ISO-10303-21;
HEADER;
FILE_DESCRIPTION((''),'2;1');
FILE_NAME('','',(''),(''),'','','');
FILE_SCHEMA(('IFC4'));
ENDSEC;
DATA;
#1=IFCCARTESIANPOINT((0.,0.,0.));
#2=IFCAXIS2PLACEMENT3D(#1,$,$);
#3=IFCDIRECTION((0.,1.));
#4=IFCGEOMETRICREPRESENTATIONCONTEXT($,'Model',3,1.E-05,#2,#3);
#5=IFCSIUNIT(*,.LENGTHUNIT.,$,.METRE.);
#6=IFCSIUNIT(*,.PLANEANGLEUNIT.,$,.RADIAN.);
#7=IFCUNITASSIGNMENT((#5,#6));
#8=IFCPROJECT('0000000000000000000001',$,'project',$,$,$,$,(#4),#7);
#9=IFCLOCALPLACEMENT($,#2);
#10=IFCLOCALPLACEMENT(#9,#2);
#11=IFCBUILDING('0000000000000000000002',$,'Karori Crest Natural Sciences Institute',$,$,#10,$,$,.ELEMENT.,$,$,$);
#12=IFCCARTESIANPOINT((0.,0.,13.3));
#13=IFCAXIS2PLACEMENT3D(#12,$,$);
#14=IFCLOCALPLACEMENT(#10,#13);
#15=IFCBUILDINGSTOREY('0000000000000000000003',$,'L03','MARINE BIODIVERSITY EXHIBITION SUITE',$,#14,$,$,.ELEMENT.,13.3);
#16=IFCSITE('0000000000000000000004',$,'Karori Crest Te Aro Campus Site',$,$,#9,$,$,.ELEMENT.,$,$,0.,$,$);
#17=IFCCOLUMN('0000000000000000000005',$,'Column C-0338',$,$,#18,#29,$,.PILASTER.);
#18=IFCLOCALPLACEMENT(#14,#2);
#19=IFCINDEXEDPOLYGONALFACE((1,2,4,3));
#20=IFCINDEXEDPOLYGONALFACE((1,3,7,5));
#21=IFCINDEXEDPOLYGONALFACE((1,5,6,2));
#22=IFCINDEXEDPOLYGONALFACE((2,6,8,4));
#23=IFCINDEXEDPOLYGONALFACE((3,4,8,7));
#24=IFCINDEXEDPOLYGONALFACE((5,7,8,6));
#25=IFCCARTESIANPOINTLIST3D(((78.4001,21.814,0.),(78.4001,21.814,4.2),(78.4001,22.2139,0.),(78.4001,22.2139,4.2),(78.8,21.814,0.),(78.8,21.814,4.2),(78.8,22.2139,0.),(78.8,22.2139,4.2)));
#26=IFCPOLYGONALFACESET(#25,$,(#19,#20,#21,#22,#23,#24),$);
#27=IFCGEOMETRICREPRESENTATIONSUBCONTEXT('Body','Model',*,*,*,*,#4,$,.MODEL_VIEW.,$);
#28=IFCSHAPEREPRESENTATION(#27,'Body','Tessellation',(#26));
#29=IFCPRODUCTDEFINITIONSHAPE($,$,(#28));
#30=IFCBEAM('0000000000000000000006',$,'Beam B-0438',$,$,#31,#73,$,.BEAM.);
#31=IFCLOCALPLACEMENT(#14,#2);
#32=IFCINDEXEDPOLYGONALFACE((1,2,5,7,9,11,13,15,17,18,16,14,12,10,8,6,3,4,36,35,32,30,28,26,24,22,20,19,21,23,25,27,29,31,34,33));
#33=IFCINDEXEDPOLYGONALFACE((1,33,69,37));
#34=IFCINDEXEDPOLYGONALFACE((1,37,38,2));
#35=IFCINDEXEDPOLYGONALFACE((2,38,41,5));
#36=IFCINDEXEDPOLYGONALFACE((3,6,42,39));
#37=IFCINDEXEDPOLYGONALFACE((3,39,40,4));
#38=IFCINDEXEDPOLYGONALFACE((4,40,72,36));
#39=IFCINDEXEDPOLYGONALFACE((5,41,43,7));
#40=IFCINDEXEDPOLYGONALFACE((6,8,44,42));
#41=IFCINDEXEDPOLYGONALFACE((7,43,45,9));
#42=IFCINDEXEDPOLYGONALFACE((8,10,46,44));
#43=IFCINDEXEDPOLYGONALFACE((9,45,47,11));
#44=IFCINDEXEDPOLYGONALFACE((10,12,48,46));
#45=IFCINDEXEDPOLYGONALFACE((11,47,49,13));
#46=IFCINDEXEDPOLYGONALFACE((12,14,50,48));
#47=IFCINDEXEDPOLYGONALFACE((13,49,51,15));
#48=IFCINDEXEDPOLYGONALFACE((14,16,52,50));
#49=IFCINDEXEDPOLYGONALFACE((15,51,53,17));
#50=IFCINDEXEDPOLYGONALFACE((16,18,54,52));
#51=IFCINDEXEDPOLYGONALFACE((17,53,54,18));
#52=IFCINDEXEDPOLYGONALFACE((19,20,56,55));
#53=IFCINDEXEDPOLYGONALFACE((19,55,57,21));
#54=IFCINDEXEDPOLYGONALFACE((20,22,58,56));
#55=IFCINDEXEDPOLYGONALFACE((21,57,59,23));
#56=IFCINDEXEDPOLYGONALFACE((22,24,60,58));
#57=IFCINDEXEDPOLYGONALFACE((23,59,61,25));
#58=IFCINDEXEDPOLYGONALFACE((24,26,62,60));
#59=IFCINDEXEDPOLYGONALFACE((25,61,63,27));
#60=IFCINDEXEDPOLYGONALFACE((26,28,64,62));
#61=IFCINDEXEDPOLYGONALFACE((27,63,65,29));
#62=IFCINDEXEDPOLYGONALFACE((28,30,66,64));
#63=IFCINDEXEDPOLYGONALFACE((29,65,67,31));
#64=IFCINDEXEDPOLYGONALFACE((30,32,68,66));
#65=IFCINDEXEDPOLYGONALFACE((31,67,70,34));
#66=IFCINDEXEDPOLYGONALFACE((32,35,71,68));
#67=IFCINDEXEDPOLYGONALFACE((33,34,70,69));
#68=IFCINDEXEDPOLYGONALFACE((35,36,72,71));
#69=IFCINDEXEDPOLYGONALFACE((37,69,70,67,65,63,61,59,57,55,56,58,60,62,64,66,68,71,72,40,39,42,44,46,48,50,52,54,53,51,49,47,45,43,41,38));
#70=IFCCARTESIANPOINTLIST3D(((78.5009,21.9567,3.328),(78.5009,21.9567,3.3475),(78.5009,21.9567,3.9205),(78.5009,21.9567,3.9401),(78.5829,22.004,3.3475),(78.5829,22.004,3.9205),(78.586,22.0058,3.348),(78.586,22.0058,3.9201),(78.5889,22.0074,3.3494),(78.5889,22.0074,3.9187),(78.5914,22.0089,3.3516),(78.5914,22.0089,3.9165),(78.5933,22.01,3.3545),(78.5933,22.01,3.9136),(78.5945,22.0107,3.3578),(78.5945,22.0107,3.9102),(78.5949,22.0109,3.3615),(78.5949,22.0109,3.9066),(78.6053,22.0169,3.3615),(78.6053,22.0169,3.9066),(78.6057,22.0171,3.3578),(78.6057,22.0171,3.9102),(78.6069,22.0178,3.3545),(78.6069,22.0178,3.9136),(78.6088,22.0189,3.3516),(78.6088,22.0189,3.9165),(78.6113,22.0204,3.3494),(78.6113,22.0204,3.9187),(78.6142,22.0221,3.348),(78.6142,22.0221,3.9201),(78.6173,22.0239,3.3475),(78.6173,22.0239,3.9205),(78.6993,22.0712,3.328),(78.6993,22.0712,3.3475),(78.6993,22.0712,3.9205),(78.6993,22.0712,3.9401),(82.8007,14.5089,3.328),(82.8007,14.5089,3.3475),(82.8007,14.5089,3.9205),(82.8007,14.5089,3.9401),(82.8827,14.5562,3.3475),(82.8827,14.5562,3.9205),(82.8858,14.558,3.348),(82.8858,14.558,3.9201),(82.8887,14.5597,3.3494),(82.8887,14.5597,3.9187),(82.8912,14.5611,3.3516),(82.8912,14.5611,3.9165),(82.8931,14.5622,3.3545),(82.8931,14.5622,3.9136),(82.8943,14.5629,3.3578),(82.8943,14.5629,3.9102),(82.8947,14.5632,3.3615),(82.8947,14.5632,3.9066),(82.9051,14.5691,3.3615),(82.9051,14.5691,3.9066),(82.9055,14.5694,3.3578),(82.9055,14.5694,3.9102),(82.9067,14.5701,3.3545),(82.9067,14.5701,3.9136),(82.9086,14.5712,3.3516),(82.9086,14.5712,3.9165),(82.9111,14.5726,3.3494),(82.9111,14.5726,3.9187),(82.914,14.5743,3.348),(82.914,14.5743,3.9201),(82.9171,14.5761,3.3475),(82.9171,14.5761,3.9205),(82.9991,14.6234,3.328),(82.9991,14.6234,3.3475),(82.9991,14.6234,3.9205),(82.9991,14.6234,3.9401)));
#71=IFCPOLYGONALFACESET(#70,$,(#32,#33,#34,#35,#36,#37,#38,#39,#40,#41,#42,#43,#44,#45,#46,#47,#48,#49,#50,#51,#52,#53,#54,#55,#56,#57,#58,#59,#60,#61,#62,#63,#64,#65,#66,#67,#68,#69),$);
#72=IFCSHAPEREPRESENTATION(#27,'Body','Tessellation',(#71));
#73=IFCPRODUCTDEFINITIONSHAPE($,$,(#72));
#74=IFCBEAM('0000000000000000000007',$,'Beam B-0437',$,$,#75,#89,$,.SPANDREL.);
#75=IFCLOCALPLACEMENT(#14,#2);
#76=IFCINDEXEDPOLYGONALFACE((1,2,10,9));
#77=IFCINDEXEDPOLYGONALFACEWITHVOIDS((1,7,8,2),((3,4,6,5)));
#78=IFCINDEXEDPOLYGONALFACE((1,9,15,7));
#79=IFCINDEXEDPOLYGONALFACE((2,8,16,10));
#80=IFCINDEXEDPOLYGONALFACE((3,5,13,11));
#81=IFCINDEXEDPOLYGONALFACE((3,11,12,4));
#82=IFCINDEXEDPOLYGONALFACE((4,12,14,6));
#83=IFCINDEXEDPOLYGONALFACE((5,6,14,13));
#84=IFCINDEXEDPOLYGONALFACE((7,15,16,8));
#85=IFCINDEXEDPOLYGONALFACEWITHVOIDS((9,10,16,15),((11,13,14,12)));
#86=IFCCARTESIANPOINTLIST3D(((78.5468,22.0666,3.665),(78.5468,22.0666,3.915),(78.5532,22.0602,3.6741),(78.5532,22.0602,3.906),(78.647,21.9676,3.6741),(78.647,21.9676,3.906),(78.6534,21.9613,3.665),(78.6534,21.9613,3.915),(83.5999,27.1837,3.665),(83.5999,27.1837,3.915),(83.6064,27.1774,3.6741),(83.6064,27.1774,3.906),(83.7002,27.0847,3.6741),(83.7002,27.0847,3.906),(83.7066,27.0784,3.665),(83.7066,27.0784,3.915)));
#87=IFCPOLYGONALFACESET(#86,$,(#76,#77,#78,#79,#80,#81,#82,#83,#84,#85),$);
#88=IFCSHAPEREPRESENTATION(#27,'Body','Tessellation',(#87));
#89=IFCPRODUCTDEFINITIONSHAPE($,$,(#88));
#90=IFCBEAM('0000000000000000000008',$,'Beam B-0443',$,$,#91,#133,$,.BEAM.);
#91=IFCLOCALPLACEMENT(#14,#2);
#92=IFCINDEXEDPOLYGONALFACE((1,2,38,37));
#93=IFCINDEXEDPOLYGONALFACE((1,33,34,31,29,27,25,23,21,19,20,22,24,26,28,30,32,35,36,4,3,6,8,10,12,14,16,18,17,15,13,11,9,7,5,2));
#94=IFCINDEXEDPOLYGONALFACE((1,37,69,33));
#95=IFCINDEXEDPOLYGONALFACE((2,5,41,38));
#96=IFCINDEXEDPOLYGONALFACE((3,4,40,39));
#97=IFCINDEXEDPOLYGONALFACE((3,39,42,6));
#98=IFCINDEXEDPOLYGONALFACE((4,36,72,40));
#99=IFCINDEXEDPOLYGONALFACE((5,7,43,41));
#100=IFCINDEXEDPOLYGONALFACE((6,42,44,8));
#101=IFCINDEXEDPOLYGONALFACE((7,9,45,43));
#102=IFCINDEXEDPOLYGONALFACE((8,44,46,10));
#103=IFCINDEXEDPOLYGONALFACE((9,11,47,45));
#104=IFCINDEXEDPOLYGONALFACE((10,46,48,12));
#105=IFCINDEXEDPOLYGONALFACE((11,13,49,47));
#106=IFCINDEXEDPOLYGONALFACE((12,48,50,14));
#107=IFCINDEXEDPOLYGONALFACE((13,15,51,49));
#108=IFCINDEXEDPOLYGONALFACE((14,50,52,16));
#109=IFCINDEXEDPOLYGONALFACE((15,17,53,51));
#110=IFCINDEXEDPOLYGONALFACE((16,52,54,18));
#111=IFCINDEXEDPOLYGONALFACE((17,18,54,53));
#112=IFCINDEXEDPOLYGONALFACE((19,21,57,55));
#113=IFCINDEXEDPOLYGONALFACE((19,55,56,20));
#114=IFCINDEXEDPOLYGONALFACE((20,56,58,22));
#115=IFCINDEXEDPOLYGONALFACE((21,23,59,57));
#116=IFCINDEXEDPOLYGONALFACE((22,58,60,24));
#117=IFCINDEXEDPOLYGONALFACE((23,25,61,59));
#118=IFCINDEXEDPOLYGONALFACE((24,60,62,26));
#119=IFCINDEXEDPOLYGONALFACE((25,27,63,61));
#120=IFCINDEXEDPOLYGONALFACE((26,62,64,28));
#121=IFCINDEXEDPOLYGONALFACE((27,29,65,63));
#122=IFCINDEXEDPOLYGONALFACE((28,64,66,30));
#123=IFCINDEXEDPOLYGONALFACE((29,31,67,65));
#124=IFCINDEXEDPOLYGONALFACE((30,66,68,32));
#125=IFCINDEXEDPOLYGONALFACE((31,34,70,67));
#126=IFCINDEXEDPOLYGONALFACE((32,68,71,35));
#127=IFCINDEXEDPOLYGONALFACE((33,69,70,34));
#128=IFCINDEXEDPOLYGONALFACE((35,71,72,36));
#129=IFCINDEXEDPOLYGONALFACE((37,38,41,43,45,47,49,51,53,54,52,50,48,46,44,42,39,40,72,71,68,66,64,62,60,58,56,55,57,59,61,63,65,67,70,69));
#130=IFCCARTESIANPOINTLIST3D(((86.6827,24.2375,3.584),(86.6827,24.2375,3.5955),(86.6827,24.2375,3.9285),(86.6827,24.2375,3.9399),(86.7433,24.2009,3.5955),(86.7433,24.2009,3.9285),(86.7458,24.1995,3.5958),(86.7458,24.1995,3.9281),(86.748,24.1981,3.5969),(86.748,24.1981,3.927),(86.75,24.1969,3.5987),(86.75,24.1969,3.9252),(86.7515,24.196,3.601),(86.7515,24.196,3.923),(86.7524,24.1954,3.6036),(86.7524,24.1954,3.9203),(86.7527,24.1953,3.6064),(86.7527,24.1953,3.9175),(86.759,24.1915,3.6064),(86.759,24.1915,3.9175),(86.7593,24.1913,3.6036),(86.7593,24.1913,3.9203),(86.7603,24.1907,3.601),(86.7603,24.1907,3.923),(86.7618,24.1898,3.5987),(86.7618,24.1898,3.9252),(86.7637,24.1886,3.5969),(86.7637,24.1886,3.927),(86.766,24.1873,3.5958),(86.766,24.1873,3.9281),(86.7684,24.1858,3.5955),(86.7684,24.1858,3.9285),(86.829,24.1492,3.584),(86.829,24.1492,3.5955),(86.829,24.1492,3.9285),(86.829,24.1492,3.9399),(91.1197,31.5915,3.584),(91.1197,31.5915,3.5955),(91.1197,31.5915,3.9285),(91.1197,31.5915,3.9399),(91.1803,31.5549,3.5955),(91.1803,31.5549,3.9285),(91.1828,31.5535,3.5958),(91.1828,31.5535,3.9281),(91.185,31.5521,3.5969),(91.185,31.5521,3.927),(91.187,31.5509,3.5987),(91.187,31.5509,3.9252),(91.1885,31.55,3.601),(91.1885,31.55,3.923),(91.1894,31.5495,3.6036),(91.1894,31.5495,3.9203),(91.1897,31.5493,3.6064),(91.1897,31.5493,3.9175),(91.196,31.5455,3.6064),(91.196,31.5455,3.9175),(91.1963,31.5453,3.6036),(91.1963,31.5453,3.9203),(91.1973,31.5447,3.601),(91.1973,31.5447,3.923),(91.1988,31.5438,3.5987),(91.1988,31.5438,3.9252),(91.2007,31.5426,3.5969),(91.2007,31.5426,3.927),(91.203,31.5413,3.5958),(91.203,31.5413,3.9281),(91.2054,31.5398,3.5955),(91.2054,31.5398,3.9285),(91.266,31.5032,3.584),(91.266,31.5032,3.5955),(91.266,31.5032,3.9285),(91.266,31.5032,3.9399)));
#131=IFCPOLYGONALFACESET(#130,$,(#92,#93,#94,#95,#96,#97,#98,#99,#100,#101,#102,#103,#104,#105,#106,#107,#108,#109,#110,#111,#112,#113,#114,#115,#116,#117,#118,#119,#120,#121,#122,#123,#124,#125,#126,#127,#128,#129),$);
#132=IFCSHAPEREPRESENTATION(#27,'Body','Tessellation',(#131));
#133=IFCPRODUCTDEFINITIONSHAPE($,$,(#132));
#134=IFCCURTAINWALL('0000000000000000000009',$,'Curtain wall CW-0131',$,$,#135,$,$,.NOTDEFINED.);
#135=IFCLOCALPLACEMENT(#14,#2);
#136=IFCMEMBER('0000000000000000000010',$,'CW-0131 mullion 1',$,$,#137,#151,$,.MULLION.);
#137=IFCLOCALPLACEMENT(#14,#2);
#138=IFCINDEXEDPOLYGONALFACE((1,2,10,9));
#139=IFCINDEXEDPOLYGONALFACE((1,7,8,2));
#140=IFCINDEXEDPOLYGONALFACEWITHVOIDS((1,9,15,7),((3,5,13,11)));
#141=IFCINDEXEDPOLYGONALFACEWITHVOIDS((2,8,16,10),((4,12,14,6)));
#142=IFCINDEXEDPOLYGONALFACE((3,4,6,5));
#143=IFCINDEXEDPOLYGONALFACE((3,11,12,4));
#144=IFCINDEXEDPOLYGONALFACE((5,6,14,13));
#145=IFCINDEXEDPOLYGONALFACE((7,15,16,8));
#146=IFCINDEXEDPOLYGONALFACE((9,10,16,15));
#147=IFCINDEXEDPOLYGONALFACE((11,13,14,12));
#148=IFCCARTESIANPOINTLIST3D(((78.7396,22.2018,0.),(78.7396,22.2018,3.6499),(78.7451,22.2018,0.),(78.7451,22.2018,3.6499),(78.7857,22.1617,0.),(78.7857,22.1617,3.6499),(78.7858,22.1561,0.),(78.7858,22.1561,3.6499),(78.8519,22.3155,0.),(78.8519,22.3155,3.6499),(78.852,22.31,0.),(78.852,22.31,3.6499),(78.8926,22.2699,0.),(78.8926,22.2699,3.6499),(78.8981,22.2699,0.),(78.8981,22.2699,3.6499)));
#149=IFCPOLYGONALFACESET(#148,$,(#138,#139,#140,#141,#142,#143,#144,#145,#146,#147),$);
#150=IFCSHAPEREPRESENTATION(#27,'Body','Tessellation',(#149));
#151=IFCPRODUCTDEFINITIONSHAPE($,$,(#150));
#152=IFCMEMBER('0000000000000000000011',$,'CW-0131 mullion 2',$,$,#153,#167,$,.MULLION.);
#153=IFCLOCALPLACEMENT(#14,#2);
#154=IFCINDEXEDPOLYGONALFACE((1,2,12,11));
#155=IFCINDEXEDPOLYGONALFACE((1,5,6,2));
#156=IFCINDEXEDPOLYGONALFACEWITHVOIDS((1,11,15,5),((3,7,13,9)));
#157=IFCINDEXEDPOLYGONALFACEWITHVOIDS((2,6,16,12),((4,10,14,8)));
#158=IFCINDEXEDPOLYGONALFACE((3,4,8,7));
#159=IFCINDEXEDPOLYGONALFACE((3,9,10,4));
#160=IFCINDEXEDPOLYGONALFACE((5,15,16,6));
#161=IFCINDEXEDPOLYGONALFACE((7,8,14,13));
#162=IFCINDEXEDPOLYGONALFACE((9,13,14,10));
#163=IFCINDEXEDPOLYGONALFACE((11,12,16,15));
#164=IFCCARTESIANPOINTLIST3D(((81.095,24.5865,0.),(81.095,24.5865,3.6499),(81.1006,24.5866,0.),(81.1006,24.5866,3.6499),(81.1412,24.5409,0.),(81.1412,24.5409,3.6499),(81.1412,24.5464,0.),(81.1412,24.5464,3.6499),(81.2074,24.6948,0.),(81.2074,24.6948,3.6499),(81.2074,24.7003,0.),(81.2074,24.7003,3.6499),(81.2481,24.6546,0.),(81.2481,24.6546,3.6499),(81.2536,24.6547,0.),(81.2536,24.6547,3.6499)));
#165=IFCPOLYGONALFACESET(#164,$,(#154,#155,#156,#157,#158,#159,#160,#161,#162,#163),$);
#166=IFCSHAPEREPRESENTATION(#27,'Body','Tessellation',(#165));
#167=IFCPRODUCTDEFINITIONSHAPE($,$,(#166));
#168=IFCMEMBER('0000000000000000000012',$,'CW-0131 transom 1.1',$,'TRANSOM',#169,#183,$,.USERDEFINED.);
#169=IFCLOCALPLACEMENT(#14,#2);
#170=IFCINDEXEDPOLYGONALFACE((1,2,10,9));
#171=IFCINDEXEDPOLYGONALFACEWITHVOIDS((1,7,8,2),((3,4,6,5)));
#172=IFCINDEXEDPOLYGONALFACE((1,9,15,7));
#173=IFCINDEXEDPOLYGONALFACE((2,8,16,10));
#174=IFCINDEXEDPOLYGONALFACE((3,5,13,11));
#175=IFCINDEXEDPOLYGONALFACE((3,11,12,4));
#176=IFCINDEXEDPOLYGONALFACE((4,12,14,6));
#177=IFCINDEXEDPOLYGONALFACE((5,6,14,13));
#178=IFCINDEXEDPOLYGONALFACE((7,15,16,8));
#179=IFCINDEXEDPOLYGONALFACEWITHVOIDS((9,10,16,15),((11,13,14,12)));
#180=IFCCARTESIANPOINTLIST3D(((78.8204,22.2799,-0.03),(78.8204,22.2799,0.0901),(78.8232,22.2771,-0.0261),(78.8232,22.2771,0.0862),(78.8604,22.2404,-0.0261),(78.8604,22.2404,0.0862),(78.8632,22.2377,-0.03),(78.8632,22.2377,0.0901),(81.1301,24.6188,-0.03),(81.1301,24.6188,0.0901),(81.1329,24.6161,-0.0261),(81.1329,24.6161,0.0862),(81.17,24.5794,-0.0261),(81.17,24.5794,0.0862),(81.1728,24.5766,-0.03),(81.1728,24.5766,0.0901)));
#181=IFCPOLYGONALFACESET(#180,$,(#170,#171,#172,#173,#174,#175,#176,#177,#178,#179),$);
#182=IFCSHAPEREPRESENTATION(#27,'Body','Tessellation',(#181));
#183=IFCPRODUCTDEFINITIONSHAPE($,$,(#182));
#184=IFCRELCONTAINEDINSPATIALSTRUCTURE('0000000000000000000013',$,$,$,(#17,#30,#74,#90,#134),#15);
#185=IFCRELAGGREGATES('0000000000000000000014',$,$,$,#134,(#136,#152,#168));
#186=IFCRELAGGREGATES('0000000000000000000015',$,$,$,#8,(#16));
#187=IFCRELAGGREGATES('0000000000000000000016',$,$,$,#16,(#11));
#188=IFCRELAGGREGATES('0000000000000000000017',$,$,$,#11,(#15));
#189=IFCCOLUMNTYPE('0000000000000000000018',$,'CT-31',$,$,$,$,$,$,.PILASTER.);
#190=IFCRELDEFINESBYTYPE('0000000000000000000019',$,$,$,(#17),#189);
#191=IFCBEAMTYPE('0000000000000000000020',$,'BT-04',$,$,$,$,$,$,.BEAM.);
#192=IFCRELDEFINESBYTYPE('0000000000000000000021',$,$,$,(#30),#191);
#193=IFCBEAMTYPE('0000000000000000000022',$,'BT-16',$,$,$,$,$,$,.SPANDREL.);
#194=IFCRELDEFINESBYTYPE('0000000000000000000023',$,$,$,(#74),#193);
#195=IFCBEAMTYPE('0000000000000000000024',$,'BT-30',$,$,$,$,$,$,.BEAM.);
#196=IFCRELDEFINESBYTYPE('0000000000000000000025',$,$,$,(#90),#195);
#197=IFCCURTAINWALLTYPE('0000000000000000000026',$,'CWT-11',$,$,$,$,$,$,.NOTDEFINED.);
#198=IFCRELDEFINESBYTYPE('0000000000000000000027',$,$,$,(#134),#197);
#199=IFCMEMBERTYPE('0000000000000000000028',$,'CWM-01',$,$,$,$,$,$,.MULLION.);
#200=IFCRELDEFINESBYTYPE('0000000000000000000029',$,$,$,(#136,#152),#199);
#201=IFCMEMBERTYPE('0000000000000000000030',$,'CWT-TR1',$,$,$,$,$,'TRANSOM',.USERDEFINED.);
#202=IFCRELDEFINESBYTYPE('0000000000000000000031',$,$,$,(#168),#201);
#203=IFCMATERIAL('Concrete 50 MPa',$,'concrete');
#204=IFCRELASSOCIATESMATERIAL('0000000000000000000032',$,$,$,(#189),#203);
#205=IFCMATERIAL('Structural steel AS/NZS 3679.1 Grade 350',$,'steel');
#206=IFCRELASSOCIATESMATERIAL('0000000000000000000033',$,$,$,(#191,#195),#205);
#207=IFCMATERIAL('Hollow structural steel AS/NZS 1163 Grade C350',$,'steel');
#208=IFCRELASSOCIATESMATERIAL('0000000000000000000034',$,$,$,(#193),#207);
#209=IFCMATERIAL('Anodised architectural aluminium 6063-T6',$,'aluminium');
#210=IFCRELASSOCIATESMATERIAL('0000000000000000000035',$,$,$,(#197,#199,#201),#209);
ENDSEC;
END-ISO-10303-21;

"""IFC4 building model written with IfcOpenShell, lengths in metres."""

from ifc_helpers import new_model, si_unit, direction, frame, origin, origin_2d, place, context, subcontext, project, spatial, rectangle, hollow_rectangle, i_section, extrude, material, material_profile, profile_set, type_object, element, aggregate, save


model = new_model("IFC4")

# Units and contexts
model_context = context("Model", 3, precision=1e-05, world=origin(), true_north=direction((0.0, 1.0)))
body_context = subcontext(model_context, "Body", "Model", "MODEL_VIEW")
ifc_project = project(units=[si_unit("LENGTHUNIT", "METRE"), si_unit("PLANEANGLEUNIT", "RADIAN")], contexts=[model_context])

# Site, building, storey
site_placement = place(None, origin())
site = spatial("IfcSite", under=ifc_project, at=site_placement, Name="Karori Crest Te Aro Campus Site", CompositionType="ELEMENT", RefElevation=0.0)
building_placement = place(site_placement, origin())
building = spatial("IfcBuilding", under=site, at=building_placement, Name="Karori Crest Natural Sciences Institute", CompositionType="ELEMENT")
storey_placement = place(building_placement, frame((0.0, 0.0, 13.3)))
storey = spatial("IfcBuildingStorey", under=building, at=storey_placement, Name="L03", Description="MARINE BIODIVERSITY EXHIBITION SUITE", CompositionType="ELEMENT", Elevation=13.3)

# Column
ifc_material_1 = material(Name="Concrete 50 MPa", Category="concrete")
ifc_material_profile_1 = material_profile(ifc_material_1, rectangle(XDim=0.3999, YDim=0.3999, at=origin_2d()), Name="RC400x400")
ifc_profile_set_1 = profile_set([ifc_material_profile_1], Name="Concrete 50 MPa")
column_type = type_object("IfcColumnType", Name="CT-31", PredefinedType="PILASTER", material=ifc_profile_set_1)
column_placement = place(storey_placement, frame((78.6001, 22.0139, 0.0), z_axis=(0.0, 0.0, 1.0), x_axis=(1.0, 0.0, 0.0)))
element("IfcColumn", 1, at=column_placement, inside=storey, type_object=column_type, Name="Column C-0338", PredefinedType="PILASTER", context=body_context, shape_type="SweptSolid", body=[
    extrude(rectangle(XDim=0.3999, YDim=0.3999, at=origin_2d()), origin(), (0.0, 0.0, 1.0), 4.2),
])

# Beams
ifc_material_2 = material(Name="Structural steel AS/NZS 3679.1 Grade 350", Category="steel")
ifc_material_profile_2 = material_profile(ifc_material_2, i_section(OverallWidth=0.229, OverallDepth=0.6121, WebThickness=0.012, FlangeThickness=0.0195, FilletRadius=0.0139, at=origin_2d()), Name="610UB125")
ifc_profile_set_2 = profile_set([ifc_material_profile_2], Name="Structural steel AS/NZS 3679.1 Grade 350")
beam_type_1 = type_object("IfcBeamType", Name="BT-04", PredefinedType="BEAM", material=ifc_profile_set_2)
beam_1_placement = place(storey_placement, frame((78.6001, 22.0139, 3.634), z_axis=(0.499986, -0.866033, 0.0), x_axis=(0.866033, 0.499986, 0.0)))
element("IfcBeam", 2, at=beam_1_placement, inside=storey, type_object=beam_type_1, Name="Beam B-0438", PredefinedType="BEAM", context=body_context, shape_type="SweptSolid", body=[
    extrude(i_section(OverallWidth=0.229, OverallDepth=0.6121, WebThickness=0.012, FlangeThickness=0.0195, FilletRadius=0.0139, at=origin_2d()), origin(), (0.0, 0.0, 1.0), 8.5999),
])
ifc_material_3 = material(Name="Hollow structural steel AS/NZS 1163 Grade C350", Category="steel")
ifc_material_profile_3 = material_profile(ifc_material_3, hollow_rectangle(XDim=0.1499, YDim=0.25, WallThickness=0.009, at=origin_2d()), Name="RHS250x150x9")
ifc_profile_set_3 = profile_set([ifc_material_profile_3], Name="Hollow structural steel AS/NZS 1163 Grade C350")
beam_type_2 = type_object("IfcBeamType", Name="BT-16", PredefinedType="SPANDREL", material=ifc_profile_set_3)
beam_2_placement = place(storey_placement, frame((78.6001, 22.0139, 3.79), z_axis=(0.702646, 0.71154, 0.0), x_axis=(-0.71154, 0.702646, 0.0)))
element("IfcBeam", 3, at=beam_2_placement, inside=storey, type_object=beam_type_2, Name="Beam B-0437", PredefinedType="SPANDREL", context=body_context, shape_type="SweptSolid", body=[
    extrude(hollow_rectangle(XDim=0.1499, YDim=0.25, WallThickness=0.009, at=origin_2d()), origin(), (0.0, 0.0, 1.0), 7.1917),
])
ifc_material_profile_4 = material_profile(ifc_material_2, i_section(OverallWidth=0.1709, OverallDepth=0.356, WebThickness=0.0073, FlangeThickness=0.0115, FilletRadius=0.011, at=origin_2d()), Name="360UB50.7")
ifc_profile_set_4 = profile_set([ifc_material_profile_4], Name="Structural steel AS/NZS 3679.1 Grade 350")
beam_type_3 = type_object("IfcBeamType", Name="BT-30", PredefinedType="BEAM", material=ifc_profile_set_4)
beam_3_placement = place(storey_placement, frame((86.7559, 24.1934, 3.762), z_axis=(0.516601, 0.856226, 0.0), x_axis=(-0.856226, 0.516601, 0.0)))
element("IfcBeam", 4, at=beam_3_placement, inside=storey, type_object=beam_type_3, Name="Beam B-0443", PredefinedType="BEAM", context=body_context, shape_type="SweptSolid", body=[
    extrude(i_section(OverallWidth=0.1709, OverallDepth=0.356, WebThickness=0.0073, FlangeThickness=0.0115, FilletRadius=0.011, at=origin_2d()), origin(), (0.0, 0.0, 1.0), 8.5889),
])

# Curtain wall, members
ifc_material_4 = material(Name="Anodised architectural aluminium 6063-T6", Category="aluminium")
curtain_wall_type_1 = type_object("IfcCurtainWallType", Name="CWT-11", PredefinedType="NOTDEFINED", material=ifc_material_4)
curtain_wall_1_placement = place(storey_placement, origin())
curtain_wall_1 = element("IfcCurtainWall", 5, at=curtain_wall_1_placement, inside=storey, type_object=curtain_wall_type_1, Name="Curtain wall CW-0131", PredefinedType="NOTDEFINED")
ifc_material_profile_5 = material_profile(ifc_material_4, hollow_rectangle(XDim=0.0649, YDim=0.1599, WallThickness=0.0039, at=origin_2d()), Name="CWM160x65x4")
ifc_profile_set_5 = profile_set([ifc_material_profile_5], Name="Anodised architectural aluminium 6063-T6")
member_type_1 = type_object("IfcMemberType", Name="CWM-01", PredefinedType="MULLION", material=ifc_profile_set_5)
member_1_placement = place(storey_placement, frame((78.8188, 22.2358, 0.0), z_axis=(0.0, 0.0, 1.0), x_axis=(-0.711525, 0.702661, 0.0)))
member_1 = element("IfcMember", 6, at=member_1_placement, type_object=member_type_1, Name="CW-0131 mullion 1", PredefinedType="MULLION", context=body_context, shape_type="SweptSolid", body=[
    extrude(hollow_rectangle(XDim=0.0649, YDim=0.1599, WallThickness=0.0039, at=origin_2d()), origin(), (0.0, 0.0, 1.0), 3.6499),
])
member_2_placement = place(storey_placement, frame((81.1743, 24.6206, 0.0), z_axis=(0.0, 0.0, 1.0), x_axis=(-0.711525, 0.702661, 0.0)))
member_2 = element("IfcMember", 7, at=member_2_placement, type_object=member_type_1, Name="CW-0131 mullion 2", PredefinedType="MULLION", context=body_context, shape_type="SweptSolid", body=[
    extrude(hollow_rectangle(XDim=0.0649, YDim=0.1599, WallThickness=0.0039, at=origin_2d()), origin(), (0.0, 0.0, 1.0), 3.6499),
])
ifc_material_profile_6 = material_profile(ifc_material_4, hollow_rectangle(XDim=0.0601, YDim=0.1201, WallThickness=0.0039, at=origin_2d()), Name="CWT120x60x4")
ifc_profile_set_6 = profile_set([ifc_material_profile_6], Name="Anodised architectural aluminium 6063-T6")
member_type_2 = type_object("IfcMemberType", Name="CWT-TR1", ElementType="TRANSOM", PredefinedType="USERDEFINED", material=ifc_profile_set_6)
member_3_placement = place(storey_placement, frame((78.8418, 22.2588, 0.03), z_axis=(0.702636, 0.711549, 0.0), x_axis=(-0.711549, 0.702636, 0.0)))
member_3 = element("IfcMember", 8, at=member_3_placement, type_object=member_type_2, Name="CW-0131 transom 1.1", ObjectType="TRANSOM", PredefinedType="USERDEFINED", context=body_context, shape_type="SweptSolid", body=[
    extrude(hollow_rectangle(XDim=0.0601, YDim=0.1201, WallThickness=0.0039, at=origin_2d()), origin(), (0.0, 0.0, 1.0), 3.2871),
])

aggregate(curtain_wall_1, [member_1, member_2, member_3])

save(model, "model.ifc")
